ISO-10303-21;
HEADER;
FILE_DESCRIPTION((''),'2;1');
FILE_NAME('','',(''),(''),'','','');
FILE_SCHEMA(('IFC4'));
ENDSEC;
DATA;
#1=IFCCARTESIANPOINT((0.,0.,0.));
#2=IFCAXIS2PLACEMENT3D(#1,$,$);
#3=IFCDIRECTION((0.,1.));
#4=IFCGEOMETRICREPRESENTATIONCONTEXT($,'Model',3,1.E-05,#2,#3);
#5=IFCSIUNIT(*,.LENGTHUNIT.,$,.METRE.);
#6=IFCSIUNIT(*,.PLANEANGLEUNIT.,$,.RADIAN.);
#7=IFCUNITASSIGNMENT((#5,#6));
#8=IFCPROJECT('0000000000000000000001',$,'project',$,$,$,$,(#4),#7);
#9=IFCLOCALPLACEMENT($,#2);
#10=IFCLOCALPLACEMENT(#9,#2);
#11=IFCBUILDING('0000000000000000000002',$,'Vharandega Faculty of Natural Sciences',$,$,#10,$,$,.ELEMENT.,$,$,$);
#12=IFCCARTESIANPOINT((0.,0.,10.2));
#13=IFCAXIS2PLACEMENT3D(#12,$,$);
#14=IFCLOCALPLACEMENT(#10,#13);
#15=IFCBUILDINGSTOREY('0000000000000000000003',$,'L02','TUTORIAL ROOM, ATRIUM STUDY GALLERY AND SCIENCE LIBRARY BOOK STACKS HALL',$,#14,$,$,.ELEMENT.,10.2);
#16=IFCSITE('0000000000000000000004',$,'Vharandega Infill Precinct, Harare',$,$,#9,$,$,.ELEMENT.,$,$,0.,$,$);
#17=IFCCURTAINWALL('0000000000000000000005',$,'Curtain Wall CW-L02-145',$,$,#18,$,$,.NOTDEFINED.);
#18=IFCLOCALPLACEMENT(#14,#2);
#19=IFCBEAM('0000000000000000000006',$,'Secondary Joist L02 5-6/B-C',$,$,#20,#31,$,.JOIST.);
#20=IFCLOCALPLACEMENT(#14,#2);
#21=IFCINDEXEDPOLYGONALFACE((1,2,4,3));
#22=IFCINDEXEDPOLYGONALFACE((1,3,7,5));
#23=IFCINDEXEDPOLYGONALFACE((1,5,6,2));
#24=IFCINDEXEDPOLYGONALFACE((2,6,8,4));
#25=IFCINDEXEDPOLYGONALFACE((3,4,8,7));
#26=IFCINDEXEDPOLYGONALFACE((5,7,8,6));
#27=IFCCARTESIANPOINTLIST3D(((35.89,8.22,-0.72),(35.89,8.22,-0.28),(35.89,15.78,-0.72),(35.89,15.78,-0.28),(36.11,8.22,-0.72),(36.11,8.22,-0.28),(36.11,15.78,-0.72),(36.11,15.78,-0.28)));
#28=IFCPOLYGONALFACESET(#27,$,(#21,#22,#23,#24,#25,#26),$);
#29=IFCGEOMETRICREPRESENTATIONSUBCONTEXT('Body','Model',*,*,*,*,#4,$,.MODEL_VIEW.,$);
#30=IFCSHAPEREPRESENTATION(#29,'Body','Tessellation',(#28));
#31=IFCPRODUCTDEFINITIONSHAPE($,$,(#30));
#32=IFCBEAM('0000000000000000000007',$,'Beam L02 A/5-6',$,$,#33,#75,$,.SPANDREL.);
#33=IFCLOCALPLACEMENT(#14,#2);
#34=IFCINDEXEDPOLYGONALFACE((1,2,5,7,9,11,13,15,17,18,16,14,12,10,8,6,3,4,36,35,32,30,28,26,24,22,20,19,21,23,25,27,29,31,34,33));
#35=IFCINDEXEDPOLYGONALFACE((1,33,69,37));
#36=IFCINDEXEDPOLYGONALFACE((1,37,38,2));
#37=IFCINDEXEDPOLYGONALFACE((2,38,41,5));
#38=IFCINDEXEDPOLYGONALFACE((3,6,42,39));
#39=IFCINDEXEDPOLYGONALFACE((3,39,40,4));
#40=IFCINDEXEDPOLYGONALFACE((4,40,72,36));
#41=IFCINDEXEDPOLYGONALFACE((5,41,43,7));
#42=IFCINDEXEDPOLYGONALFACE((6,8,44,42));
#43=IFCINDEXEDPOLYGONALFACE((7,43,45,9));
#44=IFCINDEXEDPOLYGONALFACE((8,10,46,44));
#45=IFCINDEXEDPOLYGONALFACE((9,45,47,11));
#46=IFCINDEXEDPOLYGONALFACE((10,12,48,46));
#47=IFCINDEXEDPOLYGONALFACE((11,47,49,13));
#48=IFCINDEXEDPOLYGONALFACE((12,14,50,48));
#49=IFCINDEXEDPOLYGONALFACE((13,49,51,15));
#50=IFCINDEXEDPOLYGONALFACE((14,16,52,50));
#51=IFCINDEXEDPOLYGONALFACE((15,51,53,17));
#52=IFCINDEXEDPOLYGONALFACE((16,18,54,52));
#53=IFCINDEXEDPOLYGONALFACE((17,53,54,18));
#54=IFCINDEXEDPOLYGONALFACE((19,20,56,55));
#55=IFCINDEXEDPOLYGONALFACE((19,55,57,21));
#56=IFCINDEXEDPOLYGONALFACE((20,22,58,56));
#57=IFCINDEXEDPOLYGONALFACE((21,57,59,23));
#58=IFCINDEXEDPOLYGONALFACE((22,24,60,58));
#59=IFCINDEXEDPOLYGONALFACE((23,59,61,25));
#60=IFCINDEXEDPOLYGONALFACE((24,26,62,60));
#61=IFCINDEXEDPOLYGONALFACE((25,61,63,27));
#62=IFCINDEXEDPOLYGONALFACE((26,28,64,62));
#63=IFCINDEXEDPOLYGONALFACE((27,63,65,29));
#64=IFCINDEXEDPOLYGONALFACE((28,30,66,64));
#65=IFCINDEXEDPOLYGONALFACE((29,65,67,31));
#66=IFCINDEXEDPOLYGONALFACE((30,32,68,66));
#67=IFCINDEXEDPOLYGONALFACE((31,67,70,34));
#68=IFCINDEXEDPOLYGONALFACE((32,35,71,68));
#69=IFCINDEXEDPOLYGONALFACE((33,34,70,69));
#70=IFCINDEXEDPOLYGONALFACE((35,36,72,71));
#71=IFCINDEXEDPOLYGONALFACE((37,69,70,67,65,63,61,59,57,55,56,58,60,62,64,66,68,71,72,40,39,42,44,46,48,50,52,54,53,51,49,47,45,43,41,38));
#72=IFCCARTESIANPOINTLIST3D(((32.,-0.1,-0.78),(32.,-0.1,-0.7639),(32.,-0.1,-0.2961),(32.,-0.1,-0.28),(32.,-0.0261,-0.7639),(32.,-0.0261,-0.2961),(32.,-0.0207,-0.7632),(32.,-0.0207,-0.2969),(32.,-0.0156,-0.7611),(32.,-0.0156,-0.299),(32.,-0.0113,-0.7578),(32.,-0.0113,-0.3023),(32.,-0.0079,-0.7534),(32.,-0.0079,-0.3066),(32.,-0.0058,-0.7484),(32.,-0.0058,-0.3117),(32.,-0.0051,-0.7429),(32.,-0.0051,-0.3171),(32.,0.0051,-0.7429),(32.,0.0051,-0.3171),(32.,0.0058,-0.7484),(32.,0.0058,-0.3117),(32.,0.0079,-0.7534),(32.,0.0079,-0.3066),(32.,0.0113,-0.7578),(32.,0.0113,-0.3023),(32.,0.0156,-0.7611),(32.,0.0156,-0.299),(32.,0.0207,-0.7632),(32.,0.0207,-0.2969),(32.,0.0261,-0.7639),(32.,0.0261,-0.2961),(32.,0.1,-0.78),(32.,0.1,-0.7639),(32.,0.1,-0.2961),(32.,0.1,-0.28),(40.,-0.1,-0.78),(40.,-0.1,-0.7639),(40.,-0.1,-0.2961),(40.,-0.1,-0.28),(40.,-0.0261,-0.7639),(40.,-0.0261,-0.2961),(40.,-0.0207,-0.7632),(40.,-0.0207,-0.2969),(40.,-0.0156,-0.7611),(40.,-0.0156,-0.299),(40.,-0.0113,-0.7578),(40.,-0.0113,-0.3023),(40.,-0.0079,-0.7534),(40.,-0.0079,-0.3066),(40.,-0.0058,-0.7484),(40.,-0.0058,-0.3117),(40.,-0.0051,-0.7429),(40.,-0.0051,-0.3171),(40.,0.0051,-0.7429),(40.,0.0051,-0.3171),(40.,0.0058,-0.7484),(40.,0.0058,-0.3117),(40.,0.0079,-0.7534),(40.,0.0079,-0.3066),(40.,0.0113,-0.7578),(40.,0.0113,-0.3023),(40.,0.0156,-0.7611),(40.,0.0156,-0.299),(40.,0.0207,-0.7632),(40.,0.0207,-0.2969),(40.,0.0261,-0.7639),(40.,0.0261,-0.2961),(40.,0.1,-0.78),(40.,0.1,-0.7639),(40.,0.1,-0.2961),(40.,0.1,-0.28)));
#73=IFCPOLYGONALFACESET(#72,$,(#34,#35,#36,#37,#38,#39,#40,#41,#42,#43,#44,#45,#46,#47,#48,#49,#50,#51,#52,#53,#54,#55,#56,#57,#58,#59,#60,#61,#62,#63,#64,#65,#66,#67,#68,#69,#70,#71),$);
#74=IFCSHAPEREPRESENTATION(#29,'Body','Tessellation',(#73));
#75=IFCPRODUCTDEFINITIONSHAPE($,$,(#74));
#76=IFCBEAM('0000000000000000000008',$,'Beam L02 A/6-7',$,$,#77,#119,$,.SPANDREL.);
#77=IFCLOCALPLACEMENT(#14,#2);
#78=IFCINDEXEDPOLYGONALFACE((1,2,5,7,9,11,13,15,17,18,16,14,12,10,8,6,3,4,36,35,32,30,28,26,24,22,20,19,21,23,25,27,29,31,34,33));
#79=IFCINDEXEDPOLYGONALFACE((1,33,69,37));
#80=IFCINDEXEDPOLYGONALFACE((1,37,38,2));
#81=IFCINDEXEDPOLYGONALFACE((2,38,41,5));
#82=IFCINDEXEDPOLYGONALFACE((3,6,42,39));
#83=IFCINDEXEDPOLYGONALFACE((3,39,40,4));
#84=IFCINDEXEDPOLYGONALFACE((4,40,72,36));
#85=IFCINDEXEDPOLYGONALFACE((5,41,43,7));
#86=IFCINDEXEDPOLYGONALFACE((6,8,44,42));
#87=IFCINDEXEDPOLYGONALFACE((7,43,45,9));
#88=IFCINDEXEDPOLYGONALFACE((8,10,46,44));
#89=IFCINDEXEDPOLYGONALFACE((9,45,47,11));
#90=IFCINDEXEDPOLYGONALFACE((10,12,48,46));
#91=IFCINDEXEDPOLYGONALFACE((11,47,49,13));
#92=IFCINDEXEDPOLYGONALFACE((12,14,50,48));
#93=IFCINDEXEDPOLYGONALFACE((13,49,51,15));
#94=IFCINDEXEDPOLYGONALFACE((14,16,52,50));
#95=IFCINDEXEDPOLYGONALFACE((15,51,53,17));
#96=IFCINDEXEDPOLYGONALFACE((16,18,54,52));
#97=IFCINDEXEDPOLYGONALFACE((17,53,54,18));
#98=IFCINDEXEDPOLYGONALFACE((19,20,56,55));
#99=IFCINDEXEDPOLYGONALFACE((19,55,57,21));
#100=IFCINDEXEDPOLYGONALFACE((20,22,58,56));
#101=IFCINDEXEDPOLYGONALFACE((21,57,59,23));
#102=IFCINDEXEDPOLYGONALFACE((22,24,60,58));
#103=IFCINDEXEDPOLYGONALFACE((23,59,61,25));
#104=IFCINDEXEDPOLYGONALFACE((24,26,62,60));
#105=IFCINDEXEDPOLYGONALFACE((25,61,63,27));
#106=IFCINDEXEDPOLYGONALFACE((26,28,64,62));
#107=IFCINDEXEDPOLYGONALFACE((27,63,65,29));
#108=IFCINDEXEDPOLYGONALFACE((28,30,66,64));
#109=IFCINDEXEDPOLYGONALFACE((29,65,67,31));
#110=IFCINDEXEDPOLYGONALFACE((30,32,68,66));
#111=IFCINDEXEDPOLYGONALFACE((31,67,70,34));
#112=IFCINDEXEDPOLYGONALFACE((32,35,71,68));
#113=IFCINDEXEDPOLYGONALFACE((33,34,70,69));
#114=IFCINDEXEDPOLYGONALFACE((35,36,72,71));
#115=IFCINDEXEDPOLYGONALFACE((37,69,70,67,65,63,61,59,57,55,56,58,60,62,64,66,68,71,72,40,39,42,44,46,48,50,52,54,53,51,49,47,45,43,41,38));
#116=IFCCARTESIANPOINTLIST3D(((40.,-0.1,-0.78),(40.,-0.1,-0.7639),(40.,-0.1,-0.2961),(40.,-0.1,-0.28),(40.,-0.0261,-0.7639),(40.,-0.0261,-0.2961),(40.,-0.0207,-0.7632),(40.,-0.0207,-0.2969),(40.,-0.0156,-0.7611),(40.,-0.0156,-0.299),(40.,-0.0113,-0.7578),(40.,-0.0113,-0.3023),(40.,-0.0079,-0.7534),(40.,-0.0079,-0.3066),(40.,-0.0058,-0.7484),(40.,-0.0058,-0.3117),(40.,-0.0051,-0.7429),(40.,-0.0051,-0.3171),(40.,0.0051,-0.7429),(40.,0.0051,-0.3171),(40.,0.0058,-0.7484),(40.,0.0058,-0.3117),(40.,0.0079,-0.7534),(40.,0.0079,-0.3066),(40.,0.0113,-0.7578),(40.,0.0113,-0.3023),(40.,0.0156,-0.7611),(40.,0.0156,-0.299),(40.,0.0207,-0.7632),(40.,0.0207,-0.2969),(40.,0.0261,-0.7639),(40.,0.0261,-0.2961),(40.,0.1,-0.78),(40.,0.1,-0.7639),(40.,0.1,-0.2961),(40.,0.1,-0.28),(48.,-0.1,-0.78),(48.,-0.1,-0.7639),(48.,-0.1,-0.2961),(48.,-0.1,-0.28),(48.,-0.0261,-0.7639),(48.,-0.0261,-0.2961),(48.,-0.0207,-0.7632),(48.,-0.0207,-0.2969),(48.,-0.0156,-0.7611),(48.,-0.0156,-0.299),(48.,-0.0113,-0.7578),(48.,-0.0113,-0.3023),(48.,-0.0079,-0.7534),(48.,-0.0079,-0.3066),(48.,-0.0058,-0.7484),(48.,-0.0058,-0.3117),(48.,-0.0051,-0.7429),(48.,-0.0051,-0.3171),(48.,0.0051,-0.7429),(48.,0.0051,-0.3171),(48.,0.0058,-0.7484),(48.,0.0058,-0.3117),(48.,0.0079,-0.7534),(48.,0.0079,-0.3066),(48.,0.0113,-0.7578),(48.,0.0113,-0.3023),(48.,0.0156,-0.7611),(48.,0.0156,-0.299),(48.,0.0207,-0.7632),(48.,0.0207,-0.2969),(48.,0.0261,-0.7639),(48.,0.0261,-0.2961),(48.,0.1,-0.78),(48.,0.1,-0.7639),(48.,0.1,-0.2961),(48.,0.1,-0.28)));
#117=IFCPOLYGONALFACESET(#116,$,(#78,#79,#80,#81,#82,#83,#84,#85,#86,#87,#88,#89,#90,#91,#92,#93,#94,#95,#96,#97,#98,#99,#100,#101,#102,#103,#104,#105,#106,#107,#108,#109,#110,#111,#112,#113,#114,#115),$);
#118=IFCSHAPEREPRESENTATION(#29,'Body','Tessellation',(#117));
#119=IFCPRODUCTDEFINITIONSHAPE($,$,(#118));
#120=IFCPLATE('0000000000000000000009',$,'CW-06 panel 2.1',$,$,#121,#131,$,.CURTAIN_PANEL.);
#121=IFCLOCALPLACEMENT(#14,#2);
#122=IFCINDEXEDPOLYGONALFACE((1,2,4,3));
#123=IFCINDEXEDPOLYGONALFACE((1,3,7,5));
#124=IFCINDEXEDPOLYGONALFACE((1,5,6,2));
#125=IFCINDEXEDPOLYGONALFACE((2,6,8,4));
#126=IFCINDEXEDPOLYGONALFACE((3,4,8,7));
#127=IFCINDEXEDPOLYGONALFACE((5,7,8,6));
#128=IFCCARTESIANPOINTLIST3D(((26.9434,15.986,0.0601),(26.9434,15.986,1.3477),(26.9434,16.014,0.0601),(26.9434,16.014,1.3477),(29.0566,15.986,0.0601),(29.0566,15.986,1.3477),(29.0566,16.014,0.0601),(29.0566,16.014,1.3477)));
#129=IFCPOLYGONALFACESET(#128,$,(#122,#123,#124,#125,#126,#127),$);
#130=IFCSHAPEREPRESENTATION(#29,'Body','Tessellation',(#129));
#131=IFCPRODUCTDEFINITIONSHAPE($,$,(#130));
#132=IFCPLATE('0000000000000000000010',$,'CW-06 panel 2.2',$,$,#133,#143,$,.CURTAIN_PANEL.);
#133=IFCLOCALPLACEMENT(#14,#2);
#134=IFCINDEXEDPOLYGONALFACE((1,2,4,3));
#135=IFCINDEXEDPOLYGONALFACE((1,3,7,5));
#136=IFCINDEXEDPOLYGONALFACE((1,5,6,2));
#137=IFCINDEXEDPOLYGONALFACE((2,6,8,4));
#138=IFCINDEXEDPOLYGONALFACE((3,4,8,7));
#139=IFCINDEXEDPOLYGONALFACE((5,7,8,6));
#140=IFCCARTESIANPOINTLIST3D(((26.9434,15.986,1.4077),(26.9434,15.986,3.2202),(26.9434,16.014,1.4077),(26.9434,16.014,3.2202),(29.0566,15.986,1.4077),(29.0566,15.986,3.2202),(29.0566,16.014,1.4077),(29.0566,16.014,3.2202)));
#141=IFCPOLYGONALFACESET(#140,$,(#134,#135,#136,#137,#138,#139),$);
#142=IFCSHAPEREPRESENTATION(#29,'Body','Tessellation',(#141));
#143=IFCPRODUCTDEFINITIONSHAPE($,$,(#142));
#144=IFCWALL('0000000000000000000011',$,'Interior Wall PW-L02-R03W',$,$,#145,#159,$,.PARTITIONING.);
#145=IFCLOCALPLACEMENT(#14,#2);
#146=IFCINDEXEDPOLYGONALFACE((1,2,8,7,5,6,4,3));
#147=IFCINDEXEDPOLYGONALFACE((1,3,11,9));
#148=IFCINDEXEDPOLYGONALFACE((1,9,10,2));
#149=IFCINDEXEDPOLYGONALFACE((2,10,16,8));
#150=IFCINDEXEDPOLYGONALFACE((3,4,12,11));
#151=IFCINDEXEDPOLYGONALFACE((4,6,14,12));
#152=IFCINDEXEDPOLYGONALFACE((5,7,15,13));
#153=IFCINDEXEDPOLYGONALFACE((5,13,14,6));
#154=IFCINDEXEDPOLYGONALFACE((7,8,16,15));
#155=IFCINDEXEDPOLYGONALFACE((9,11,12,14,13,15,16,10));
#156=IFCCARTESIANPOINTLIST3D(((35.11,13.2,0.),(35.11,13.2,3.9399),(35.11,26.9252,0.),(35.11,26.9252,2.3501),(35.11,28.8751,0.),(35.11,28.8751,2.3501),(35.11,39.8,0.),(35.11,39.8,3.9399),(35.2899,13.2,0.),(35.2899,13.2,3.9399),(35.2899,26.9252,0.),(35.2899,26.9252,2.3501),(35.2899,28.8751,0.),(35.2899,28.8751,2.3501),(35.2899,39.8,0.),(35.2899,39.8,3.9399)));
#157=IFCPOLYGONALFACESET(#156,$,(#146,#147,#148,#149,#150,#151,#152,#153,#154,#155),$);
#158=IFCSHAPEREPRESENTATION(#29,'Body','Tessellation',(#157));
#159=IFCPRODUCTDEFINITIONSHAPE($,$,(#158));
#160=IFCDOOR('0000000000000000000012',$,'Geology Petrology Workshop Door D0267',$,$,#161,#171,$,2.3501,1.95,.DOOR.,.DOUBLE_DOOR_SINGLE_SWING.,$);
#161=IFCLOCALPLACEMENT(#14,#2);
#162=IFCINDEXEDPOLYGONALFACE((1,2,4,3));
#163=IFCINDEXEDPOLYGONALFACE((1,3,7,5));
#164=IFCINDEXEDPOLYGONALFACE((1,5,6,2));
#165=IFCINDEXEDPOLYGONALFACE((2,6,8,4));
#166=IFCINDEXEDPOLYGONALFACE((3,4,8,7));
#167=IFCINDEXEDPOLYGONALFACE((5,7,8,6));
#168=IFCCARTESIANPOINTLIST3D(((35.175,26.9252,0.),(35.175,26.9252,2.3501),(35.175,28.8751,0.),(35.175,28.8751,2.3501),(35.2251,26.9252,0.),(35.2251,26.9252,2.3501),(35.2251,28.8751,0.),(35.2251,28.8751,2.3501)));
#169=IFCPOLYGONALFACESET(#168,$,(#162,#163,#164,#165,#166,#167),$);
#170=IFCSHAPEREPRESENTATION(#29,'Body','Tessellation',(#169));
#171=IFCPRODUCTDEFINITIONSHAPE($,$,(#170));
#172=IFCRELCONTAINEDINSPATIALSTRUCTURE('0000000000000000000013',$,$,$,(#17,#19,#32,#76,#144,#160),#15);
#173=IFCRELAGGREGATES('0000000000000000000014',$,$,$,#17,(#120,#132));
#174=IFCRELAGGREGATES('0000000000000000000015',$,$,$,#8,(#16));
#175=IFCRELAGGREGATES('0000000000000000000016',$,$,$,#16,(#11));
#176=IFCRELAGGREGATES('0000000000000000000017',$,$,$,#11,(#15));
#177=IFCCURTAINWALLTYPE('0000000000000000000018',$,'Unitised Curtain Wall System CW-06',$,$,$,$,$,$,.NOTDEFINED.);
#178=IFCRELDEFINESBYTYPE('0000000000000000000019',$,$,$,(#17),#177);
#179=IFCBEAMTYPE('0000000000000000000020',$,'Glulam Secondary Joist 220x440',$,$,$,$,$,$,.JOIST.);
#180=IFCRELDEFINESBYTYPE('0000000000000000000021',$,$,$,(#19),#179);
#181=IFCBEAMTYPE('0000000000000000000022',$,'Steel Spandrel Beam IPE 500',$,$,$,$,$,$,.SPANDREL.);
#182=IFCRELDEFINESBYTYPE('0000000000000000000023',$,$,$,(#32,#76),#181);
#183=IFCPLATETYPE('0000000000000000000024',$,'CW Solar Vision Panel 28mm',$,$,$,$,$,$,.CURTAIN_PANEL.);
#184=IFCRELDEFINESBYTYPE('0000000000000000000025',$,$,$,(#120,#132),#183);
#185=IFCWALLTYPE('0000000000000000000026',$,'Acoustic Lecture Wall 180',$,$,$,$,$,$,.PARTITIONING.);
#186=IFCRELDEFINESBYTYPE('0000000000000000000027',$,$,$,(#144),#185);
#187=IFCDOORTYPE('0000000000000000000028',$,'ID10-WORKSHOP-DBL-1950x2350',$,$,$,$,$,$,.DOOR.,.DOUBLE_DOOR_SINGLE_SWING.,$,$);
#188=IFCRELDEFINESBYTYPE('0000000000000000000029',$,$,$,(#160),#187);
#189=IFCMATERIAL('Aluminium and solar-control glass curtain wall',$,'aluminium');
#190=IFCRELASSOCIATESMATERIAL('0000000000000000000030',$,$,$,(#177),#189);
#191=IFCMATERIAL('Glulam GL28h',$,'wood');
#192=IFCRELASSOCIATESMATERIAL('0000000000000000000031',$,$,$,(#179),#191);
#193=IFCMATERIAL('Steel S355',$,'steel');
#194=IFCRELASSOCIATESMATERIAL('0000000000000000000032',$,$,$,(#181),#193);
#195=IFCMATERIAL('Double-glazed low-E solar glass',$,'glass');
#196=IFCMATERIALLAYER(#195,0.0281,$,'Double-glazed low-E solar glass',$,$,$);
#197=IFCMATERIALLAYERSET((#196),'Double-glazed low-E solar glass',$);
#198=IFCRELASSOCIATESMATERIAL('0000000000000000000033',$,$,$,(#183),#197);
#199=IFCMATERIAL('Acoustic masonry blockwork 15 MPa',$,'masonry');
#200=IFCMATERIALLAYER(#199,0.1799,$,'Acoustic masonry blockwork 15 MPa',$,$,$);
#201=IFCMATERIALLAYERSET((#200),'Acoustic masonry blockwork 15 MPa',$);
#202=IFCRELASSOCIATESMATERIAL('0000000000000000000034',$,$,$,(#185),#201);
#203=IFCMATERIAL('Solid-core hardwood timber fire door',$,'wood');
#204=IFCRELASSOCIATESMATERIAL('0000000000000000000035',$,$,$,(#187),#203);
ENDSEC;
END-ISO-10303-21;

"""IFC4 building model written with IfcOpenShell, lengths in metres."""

from ifc_helpers import new_model, si_unit, direction, frame, frame_2d, origin, origin_2d, place, context, subcontext, project, spatial, rectangle, i_section, extrude, material, layer, layer_set, material_profile, profile_set, type_object, element, fill, aggregate, save


model = new_model("IFC4")

# Units and contexts
model_context = context("Model", 3, precision=1e-05, world=origin(), true_north=direction((0.0, 1.0)))
body_context = subcontext(model_context, "Body", "Model", "MODEL_VIEW")
ifc_project = project(units=[si_unit("LENGTHUNIT", "METRE"), si_unit("PLANEANGLEUNIT", "RADIAN")], contexts=[model_context])

# Site, building, storey
site_placement = place(None, origin())
site = spatial("IfcSite", under=ifc_project, at=site_placement, Name="Vharandega Infill Precinct, Harare", CompositionType="ELEMENT", RefElevation=0.0)
building_placement = place(site_placement, origin())
building = spatial("IfcBuilding", under=site, at=building_placement, Name="Vharandega Faculty of Natural Sciences", CompositionType="ELEMENT")
storey_placement = place(building_placement, frame((0.0, 0.0, 10.2)))
storey = spatial("IfcBuildingStorey", under=building, at=storey_placement, Name="L02", Description="TUTORIAL ROOM, ATRIUM STUDY GALLERY AND SCIENCE LIBRARY BOOK STACKS HALL", CompositionType="ELEMENT", Elevation=10.2)

# Curtain wall
ifc_material_1 = material(Name="Aluminium and solar-control glass curtain wall", Category="aluminium")
curtain_wall_type = type_object("IfcCurtainWallType", Name="Unitised Curtain Wall System CW-06", PredefinedType="NOTDEFINED", material=ifc_material_1)
curtain_wall_placement = place(storey_placement, origin())
curtain_wall = element("IfcCurtainWall", 1, at=curtain_wall_placement, inside=storey, type_object=curtain_wall_type, Name="Curtain Wall CW-L02-145", PredefinedType="NOTDEFINED")

# Beams
ifc_material_2 = material(Name="Glulam GL28h", Category="wood")
ifc_material_profile_1 = material_profile(ifc_material_2, rectangle(XDim=0.22, YDim=0.4399, at=origin_2d()), Name="GL28h 220x440")
ifc_profile_set_1 = profile_set([ifc_material_profile_1], Name="Glulam GL28h")
beam_type_1 = type_object("IfcBeamType", Name="Glulam Secondary Joist 220x440", PredefinedType="JOIST", material=ifc_profile_set_1)
beam_1_placement = place(storey_placement, frame((36.0, 8.22, -0.5), z_axis=(0.0, 1.0, 0.0), x_axis=(-1.0, 0.0, 0.0)))
element("IfcBeam", 2, at=beam_1_placement, inside=storey, type_object=beam_type_1, Name="Secondary Joist L02 5-6/B-C", PredefinedType="JOIST", context=body_context, shape_type="SweptSolid", body=[
    extrude(rectangle(XDim=0.22, YDim=0.4399, at=origin_2d()), origin(), (0.0, 0.0, 1.0), 7.5601),
])
ifc_material_3 = material(Name="Steel S355", Category="steel")
ifc_material_profile_2 = material_profile(ifc_material_3, i_section(OverallWidth=0.2, OverallDepth=0.5, WebThickness=0.0103, FlangeThickness=0.0161, FilletRadius=0.021, at=origin_2d()), Name="IPE 500")
ifc_profile_set_2 = profile_set([ifc_material_profile_2], Name="Steel S355")
beam_type_2 = type_object("IfcBeamType", Name="Steel Spandrel Beam IPE 500", PredefinedType="SPANDREL", material=ifc_profile_set_2)
for number, where, z_axis, x_axis, name in (
    (3, (32.0, 0.0, -0.53), (1.0, 0.0, 0.0), (0.0, 1.0, 0.0), "Beam L02 A/5-6"),
    (4, (40.0, 0.0, -0.53), (1.0, 0.0, 0.0), (0.0, 1.0, 0.0), "Beam L02 A/6-7"),
):
    element("IfcBeam", number, at=place(storey_placement, frame(where, z_axis=z_axis, x_axis=x_axis)), inside=storey, type_object=beam_type_2, Name=name, PredefinedType="SPANDREL", context=body_context, shape_type="SweptSolid", body=[
        extrude(i_section(OverallWidth=0.2, OverallDepth=0.5, WebThickness=0.0103, FlangeThickness=0.0161, FilletRadius=0.021, at=origin_2d()), origin(), (0.0, 0.0, 1.0), 8.0),
    ])

# Plates
ifc_material_4 = material(Name="Double-glazed low-E solar glass", Category="glass")
ifc_layer_1 = layer(ifc_material_4, 0.0281, Name="Double-glazed low-E solar glass")
ifc_layer_set_1 = layer_set([ifc_layer_1], Name="Double-glazed low-E solar glass")
plate_type = type_object("IfcPlateType", Name="CW Solar Vision Panel 28mm", PredefinedType="CURTAIN_PANEL", material=ifc_layer_set_1)
plate_1_placement = place(storey_placement, frame((28.0, 16.0, 0.0601), z_axis=(0.0, 0.0, 1.0), x_axis=(1.0, 0.0, 0.0)))
plate_1 = element("IfcPlate", 5, at=plate_1_placement, type_object=plate_type, Name="CW-06 panel 2.1", PredefinedType="CURTAIN_PANEL", context=body_context, shape_type="SweptSolid", body=[
    extrude(rectangle(XDim=2.1133, YDim=0.0281, at=origin_2d()), origin(), (0.0, 0.0, 1.0), 1.2876),
])
plate_2_placement = place(storey_placement, frame((28.0, 16.0, 1.4077), z_axis=(0.0, 0.0, 1.0), x_axis=(1.0, 0.0, 0.0)))
plate_2 = element("IfcPlate", 6, at=plate_2_placement, type_object=plate_type, Name="CW-06 panel 2.2", PredefinedType="CURTAIN_PANEL", context=body_context, shape_type="SweptSolid", body=[
    extrude(rectangle(XDim=2.1133, YDim=0.0281, at=origin_2d()), origin(), (0.0, 0.0, 1.0), 1.8125),
])
aggregate(curtain_wall, [plate_1, plate_2])

# Wall, opening, door
ifc_material_5 = material(Name="Acoustic masonry blockwork 15 MPa", Category="masonry")
ifc_layer_2 = layer(ifc_material_5, 0.1799, Name="Acoustic masonry blockwork 15 MPa")
ifc_layer_set_2 = layer_set([ifc_layer_2], Name="Acoustic masonry blockwork 15 MPa")
wall_type_1 = type_object("IfcWallType", Name="Acoustic Lecture Wall 180", PredefinedType="PARTITIONING", material=ifc_layer_set_2)
wall_1_placement = place(storey_placement, frame((35.2, 13.2, 0.0), z_axis=(0.0, 0.0, 1.0), x_axis=(0.0, 1.0, 0.0)))
wall_1 = element("IfcWall", 7, at=wall_1_placement, inside=storey, type_object=wall_type_1, Name="Interior Wall PW-L02-R03W", PredefinedType="PARTITIONING", context=body_context, shape_type="SweptSolid", body=[
    extrude(rectangle(XDim=26.6001, YDim=0.1799, at=frame_2d((13.3, 0.0))), origin(), (0.0, 0.0, 1.0), 3.9399),
])
opening_1_placement = place(wall_1_placement, frame((13.7251, 0.0, 0.0)))
opening_1 = element("IfcOpeningElement", 8, at=opening_1_placement, cuts=wall_1, PredefinedType="OPENING", context=body_context, shape_type="SweptSolid", body=[
    extrude(rectangle(XDim=1.95, YDim=2.3501, at=frame_2d((0.9751, 1.175))), frame((0.0, 0.1001, 0.0), z_axis=(0.0, -1.0, 0.0), x_axis=(1.0, 0.0, 0.0)), (0.0, 0.0, 1.0), 0.2),
])
ifc_material_6 = material(Name="Solid-core hardwood timber fire door", Category="wood")
door_type = type_object("IfcDoorType", Name="ID10-WORKSHOP-DBL-1950x2350", OperationType="DOUBLE_DOOR_SINGLE_SWING", PredefinedType="DOOR", material=ifc_material_6)
door_placement = place(opening_1_placement, origin())
door = element("IfcDoor", 9, at=door_placement, inside=storey, type_object=door_type, Name="Geology Petrology Workshop Door D0267", OperationType="DOUBLE_DOOR_SINGLE_SWING", OverallHeight=2.3501, OverallWidth=1.95, PredefinedType="DOOR", context=body_context, shape_type="SweptSolid", body=[
    extrude(rectangle(XDim=1.95, YDim=2.3501, at=frame_2d((0.9751, 1.175))), frame((0.0, 0.0249, 0.0), z_axis=(0.0, -1.0, 0.0), x_axis=(1.0, 0.0, 0.0)), (0.0, 0.0, 1.0), 0.05),
])
fill(opening_1, door)

save(model, "model.ifc")
